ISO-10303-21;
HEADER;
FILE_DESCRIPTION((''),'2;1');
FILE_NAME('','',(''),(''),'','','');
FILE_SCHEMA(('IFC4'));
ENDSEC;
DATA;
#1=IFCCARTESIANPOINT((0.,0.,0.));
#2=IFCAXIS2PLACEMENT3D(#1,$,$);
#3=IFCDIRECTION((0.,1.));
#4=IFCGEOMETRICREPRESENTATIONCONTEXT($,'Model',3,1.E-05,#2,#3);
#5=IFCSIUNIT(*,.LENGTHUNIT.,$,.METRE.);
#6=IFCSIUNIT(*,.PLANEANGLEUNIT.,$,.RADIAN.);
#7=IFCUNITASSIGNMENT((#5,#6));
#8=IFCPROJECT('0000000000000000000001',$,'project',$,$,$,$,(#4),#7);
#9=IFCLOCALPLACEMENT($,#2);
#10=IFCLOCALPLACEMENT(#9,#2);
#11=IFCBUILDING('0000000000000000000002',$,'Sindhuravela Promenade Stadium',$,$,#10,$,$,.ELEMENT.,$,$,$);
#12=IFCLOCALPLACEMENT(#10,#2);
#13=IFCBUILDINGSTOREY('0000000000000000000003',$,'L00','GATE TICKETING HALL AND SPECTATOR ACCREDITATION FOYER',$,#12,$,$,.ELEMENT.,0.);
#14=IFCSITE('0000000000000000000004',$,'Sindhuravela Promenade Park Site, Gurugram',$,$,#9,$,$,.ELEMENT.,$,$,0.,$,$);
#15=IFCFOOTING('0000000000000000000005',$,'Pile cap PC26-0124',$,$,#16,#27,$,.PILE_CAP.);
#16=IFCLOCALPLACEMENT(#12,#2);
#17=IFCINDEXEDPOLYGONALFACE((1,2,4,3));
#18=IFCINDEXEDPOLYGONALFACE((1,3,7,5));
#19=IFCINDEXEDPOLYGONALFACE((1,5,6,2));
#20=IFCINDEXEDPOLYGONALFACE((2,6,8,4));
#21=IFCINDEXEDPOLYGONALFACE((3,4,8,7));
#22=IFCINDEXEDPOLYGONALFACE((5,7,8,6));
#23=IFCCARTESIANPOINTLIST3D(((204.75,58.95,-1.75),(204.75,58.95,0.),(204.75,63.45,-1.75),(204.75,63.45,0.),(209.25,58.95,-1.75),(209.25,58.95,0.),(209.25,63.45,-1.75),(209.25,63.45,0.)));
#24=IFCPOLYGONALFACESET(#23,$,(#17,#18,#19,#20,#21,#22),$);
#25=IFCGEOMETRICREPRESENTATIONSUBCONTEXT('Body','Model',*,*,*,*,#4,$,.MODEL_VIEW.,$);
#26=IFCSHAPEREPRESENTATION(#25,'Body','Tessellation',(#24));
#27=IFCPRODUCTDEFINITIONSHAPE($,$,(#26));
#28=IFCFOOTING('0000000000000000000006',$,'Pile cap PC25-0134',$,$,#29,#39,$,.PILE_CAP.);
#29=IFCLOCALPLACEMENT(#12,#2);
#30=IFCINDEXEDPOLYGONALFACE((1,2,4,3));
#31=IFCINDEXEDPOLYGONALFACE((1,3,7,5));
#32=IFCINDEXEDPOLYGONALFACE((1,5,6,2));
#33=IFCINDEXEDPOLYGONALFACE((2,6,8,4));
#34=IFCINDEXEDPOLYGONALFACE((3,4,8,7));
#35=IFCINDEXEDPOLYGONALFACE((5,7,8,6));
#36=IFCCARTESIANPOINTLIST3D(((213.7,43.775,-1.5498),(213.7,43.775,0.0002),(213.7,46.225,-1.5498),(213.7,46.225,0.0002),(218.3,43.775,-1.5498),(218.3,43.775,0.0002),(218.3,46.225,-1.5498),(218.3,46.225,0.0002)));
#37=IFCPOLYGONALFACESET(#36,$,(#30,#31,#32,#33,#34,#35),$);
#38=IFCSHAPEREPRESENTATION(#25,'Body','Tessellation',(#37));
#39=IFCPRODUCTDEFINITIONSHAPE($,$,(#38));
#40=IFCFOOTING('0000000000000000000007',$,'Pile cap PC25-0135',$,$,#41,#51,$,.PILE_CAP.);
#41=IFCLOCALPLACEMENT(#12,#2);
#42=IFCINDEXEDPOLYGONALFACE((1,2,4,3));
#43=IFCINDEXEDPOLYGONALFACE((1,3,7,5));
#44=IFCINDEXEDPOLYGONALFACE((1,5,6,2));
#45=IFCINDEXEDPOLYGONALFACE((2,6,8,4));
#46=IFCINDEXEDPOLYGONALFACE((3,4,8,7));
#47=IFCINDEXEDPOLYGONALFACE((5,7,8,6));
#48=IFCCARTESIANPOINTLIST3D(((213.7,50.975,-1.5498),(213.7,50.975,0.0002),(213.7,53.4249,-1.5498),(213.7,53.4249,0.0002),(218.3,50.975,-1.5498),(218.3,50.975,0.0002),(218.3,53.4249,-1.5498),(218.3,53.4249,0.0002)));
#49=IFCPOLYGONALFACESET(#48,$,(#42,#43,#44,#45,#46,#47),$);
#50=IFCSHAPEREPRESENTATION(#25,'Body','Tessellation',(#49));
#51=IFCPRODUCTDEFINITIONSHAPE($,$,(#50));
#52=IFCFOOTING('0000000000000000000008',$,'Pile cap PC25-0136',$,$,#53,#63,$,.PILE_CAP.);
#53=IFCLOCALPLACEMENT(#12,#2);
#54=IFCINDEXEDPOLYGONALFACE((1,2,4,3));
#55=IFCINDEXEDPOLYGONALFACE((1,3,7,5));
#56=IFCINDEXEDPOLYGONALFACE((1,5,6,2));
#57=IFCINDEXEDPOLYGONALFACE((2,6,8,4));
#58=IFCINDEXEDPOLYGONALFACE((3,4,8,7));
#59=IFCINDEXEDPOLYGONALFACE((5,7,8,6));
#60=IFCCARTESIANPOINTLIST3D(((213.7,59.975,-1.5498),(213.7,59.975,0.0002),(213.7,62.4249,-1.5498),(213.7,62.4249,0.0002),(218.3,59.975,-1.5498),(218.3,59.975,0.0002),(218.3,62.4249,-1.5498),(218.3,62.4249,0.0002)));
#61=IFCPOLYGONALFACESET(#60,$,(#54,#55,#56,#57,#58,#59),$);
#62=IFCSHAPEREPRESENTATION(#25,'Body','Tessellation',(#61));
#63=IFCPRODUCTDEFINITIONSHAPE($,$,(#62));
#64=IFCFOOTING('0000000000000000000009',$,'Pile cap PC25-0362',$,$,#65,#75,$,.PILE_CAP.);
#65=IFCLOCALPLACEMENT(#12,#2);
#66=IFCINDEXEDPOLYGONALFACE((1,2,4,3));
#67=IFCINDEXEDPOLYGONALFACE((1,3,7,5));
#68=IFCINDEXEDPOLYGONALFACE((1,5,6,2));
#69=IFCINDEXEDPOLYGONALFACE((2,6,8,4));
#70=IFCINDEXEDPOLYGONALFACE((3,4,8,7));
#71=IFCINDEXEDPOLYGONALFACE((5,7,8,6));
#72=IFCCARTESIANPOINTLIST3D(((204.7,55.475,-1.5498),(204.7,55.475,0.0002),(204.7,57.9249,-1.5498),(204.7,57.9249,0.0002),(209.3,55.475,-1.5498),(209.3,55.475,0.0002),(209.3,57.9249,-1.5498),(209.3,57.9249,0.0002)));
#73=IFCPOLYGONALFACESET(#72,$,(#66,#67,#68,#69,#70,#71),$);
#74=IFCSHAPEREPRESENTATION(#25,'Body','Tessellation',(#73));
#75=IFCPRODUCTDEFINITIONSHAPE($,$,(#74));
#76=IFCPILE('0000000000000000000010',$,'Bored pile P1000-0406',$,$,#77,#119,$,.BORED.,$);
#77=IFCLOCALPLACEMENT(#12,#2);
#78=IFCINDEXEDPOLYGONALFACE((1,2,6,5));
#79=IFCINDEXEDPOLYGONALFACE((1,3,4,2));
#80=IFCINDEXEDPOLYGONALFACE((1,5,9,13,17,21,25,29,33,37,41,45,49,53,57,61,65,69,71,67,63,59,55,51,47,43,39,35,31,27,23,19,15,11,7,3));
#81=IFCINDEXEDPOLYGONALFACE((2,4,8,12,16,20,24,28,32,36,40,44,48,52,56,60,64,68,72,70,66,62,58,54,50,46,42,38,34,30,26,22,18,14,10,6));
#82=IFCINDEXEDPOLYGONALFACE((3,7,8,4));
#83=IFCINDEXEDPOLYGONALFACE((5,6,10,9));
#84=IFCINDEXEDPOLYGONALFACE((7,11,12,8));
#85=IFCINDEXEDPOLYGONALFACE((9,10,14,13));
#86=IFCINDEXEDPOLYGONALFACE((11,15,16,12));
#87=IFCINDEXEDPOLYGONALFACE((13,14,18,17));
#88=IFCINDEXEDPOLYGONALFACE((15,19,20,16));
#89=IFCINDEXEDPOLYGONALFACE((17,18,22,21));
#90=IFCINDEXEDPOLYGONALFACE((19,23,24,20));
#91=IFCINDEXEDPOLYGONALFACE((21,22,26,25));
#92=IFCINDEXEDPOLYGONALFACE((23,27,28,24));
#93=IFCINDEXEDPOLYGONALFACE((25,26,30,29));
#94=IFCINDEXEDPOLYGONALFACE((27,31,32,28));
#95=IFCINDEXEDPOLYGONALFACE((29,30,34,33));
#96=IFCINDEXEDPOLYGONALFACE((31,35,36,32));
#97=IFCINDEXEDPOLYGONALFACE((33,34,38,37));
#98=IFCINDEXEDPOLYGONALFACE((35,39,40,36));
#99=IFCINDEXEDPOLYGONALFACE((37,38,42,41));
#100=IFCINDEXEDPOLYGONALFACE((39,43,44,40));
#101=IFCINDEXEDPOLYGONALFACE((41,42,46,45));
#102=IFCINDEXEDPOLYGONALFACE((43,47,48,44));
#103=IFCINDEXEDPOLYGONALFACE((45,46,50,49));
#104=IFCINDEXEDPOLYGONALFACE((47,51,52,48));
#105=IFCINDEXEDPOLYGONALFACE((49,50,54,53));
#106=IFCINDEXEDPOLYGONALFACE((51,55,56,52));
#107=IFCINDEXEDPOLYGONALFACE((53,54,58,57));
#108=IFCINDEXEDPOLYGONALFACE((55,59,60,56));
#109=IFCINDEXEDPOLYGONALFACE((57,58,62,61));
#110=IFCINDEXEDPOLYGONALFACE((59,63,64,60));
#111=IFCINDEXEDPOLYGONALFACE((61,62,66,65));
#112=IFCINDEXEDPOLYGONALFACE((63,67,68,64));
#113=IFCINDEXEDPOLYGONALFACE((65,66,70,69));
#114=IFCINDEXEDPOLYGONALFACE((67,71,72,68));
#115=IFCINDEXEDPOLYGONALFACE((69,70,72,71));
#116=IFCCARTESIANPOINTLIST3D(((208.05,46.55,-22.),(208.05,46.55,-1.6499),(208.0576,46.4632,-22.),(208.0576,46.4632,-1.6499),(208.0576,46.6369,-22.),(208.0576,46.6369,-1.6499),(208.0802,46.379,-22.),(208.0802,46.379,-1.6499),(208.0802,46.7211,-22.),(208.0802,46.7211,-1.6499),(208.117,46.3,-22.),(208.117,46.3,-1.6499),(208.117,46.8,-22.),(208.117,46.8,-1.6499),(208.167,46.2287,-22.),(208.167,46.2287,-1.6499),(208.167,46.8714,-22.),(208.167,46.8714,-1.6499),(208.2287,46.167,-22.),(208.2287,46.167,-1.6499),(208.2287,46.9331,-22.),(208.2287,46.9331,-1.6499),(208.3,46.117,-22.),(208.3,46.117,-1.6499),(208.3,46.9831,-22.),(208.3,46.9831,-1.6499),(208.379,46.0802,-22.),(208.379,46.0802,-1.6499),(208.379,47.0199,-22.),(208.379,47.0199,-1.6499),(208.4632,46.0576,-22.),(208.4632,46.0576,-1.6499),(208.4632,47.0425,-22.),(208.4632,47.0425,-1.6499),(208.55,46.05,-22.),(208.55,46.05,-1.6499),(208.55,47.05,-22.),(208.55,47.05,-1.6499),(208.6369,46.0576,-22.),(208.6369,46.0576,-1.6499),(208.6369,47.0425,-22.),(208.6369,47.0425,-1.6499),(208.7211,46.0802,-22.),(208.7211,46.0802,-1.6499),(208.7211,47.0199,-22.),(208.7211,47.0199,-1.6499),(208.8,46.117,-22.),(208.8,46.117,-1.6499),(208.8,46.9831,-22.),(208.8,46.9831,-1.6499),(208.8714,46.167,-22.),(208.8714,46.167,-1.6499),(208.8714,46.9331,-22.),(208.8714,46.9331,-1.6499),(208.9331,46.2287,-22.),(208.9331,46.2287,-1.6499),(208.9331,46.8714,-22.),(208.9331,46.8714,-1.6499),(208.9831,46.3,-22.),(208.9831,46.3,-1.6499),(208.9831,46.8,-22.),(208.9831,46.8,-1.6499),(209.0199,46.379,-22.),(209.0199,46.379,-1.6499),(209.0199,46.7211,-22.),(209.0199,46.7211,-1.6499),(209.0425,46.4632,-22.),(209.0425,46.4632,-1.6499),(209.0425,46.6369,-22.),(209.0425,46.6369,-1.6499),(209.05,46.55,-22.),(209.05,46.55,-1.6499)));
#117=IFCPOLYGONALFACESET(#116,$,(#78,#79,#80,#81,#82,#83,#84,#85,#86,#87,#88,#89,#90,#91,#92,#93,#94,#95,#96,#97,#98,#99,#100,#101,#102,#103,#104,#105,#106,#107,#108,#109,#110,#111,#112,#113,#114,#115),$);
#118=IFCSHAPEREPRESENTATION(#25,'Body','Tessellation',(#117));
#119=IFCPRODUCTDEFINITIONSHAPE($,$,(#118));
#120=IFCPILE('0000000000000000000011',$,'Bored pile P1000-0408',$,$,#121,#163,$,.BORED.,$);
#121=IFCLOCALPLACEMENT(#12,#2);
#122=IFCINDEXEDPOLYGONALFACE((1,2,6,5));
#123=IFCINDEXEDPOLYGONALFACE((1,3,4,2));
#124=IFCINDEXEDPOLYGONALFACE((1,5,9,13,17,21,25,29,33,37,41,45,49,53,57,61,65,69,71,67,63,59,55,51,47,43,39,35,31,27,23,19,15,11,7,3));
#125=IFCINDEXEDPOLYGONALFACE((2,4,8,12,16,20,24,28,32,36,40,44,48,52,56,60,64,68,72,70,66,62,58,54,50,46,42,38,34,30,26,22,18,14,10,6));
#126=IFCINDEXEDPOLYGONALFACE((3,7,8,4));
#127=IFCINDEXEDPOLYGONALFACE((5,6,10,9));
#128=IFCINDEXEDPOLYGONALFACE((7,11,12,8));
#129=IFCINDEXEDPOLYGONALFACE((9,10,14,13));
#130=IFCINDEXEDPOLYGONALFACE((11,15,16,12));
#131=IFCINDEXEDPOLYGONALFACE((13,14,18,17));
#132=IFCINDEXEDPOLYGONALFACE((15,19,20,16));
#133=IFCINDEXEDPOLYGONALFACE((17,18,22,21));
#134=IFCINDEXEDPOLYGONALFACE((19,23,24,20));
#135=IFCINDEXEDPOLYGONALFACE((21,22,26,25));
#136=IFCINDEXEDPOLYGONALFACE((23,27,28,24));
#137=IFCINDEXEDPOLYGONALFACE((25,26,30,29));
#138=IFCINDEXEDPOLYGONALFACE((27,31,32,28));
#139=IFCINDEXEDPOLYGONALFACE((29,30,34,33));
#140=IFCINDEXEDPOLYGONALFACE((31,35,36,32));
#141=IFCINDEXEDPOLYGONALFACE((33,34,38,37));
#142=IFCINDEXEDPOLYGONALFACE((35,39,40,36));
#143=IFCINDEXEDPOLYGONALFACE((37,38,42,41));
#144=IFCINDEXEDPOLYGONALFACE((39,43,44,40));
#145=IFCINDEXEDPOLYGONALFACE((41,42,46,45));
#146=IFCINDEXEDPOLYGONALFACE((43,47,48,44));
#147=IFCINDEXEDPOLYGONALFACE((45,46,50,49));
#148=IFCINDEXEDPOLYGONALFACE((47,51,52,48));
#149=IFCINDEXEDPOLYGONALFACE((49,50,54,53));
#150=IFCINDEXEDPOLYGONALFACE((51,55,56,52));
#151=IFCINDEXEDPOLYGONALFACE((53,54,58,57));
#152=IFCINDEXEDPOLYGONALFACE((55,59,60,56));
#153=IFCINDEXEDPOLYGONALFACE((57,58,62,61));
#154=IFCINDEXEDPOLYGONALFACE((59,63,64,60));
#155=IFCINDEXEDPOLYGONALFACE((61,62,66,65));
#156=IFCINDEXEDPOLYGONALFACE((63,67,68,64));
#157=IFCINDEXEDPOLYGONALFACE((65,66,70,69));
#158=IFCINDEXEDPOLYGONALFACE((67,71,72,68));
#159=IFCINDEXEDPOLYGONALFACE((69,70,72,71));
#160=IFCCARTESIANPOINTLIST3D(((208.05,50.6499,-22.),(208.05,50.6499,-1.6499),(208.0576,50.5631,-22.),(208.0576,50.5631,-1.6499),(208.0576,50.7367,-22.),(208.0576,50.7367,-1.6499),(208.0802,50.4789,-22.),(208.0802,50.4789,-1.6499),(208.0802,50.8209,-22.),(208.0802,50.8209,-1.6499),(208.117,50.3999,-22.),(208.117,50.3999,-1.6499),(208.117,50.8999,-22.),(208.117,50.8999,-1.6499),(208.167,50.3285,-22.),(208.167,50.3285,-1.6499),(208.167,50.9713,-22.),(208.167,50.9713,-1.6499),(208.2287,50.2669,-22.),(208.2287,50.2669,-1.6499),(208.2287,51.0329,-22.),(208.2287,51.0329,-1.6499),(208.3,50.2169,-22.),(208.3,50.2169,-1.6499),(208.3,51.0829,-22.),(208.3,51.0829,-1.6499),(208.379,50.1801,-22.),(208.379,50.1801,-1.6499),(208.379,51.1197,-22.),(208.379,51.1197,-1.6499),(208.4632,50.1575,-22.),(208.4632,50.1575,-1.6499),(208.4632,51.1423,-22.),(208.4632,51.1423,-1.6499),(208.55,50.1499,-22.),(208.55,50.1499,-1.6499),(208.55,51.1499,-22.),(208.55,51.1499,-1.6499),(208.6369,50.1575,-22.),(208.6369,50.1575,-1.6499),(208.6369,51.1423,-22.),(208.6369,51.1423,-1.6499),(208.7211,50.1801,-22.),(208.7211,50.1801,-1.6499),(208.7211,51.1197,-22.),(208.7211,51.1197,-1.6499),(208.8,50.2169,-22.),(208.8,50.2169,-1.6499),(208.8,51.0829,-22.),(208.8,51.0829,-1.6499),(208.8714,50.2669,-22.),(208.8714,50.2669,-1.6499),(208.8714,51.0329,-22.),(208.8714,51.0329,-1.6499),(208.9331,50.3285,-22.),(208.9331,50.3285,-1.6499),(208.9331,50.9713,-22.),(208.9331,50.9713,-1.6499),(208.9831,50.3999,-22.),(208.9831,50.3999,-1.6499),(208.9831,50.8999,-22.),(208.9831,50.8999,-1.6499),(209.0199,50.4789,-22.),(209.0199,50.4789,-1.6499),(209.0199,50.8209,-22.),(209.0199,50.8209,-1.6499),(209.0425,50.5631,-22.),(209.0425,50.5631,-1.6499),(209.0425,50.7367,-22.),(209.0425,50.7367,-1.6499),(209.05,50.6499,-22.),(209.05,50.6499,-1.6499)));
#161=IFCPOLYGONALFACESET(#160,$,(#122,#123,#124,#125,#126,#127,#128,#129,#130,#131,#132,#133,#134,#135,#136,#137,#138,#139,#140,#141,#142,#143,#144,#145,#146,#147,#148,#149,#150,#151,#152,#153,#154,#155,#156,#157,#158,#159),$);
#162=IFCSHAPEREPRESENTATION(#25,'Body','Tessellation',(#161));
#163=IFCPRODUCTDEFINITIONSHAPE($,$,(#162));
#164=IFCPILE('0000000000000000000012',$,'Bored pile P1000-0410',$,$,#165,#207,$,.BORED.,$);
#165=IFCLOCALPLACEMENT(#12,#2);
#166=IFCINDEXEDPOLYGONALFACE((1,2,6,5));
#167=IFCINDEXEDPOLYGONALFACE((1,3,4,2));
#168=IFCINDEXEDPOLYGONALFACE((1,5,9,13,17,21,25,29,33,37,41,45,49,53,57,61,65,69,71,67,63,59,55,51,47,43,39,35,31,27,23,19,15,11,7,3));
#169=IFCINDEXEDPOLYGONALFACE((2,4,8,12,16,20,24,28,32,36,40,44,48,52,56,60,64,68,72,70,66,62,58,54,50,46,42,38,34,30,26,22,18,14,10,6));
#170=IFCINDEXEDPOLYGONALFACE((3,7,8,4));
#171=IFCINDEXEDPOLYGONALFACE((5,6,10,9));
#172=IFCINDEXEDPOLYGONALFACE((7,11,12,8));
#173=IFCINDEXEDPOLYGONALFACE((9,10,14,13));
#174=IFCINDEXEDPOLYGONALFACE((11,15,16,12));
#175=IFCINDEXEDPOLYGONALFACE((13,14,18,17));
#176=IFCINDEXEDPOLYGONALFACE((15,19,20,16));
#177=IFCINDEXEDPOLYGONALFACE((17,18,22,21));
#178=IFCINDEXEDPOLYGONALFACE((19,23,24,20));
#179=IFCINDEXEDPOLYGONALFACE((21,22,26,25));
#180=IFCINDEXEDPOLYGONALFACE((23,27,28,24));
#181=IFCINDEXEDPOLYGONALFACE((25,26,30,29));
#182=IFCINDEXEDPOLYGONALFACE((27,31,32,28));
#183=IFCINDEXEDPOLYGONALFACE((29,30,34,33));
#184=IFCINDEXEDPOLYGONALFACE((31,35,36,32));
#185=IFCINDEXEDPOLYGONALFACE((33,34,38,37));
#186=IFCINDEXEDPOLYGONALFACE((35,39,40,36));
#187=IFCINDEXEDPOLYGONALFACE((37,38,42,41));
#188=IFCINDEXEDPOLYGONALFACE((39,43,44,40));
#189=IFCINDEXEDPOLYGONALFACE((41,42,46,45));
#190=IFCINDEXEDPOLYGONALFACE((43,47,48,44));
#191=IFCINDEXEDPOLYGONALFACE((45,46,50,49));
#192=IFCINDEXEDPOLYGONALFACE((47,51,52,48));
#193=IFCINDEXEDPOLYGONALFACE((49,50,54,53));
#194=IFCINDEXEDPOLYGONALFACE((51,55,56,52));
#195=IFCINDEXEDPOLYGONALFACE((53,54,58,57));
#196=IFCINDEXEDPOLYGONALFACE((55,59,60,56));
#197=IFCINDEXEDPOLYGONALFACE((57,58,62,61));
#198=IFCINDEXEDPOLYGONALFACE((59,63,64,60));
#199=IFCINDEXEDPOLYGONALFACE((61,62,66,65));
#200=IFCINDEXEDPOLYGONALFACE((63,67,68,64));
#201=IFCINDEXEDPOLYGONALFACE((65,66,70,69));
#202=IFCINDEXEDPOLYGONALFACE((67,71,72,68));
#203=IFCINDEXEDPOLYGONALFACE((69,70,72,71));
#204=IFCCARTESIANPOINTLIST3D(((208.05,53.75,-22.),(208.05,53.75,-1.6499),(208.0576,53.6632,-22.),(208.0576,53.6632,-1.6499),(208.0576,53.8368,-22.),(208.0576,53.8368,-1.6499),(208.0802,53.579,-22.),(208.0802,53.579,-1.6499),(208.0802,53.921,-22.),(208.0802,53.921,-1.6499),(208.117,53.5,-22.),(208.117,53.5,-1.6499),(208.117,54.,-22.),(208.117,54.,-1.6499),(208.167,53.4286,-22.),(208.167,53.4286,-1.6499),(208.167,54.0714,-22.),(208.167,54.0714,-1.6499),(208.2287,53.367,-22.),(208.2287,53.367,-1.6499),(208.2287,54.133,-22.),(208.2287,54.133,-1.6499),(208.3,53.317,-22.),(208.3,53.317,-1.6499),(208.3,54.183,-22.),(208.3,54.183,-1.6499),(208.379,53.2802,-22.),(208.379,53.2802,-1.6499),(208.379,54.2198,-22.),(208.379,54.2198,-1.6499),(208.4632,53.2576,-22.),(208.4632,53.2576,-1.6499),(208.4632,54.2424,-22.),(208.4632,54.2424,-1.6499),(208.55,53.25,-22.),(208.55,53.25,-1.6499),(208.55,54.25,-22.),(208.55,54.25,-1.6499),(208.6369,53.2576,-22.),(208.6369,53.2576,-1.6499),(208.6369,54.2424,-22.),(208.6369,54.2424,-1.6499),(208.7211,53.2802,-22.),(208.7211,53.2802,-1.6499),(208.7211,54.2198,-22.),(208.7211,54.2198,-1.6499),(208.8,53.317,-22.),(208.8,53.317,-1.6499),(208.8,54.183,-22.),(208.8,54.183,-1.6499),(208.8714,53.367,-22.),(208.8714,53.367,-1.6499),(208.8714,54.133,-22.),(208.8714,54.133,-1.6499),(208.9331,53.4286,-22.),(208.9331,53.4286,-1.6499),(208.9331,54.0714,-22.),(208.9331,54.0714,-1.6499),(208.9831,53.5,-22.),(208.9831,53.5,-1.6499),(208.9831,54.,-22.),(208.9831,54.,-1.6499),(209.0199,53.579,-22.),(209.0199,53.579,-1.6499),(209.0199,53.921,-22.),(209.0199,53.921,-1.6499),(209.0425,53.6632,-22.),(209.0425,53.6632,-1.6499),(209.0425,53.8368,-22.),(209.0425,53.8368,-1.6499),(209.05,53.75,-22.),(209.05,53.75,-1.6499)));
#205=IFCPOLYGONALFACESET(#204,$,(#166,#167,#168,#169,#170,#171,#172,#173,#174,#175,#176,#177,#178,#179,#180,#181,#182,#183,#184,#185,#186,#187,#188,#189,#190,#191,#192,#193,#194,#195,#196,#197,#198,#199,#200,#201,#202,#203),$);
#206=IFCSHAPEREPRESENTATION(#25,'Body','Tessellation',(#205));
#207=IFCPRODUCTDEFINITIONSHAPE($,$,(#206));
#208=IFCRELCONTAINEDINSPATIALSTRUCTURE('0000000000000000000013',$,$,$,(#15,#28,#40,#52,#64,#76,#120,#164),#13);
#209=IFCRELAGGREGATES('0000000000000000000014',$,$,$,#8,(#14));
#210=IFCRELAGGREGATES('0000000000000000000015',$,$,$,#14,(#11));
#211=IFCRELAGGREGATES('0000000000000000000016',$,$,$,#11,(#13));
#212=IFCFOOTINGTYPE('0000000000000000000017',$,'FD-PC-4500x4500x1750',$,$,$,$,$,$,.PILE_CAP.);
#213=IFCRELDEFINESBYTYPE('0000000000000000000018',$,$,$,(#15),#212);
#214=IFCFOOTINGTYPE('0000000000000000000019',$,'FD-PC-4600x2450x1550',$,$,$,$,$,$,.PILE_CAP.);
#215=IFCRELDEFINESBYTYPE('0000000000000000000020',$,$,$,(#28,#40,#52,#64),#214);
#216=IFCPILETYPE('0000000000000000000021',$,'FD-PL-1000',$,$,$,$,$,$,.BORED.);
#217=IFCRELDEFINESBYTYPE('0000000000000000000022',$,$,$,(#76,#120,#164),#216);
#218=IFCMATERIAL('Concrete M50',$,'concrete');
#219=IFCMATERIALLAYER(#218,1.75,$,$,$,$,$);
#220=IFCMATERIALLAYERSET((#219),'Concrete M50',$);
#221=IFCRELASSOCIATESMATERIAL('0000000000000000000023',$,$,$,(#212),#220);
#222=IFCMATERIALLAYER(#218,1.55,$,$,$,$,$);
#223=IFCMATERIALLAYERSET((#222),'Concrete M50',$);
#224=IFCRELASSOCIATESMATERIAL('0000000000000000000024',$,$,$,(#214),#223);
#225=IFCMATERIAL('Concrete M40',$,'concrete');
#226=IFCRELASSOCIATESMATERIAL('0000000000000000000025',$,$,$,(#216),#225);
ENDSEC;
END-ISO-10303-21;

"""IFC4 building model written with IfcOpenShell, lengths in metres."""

from ifc_helpers import new_model, si_unit, direction, frame, origin, origin_2d, place, context, subcontext, project, spatial, rectangle, circle, extrude, material, layer, layer_set, material_profile, profile_set, type_object, element, save


model = new_model("IFC4")

# Units and contexts
model_context = context("Model", 3, precision=1e-05, world=origin(), true_north=direction((0.0, 1.0)))
body_context = subcontext(model_context, "Body", "Model", "MODEL_VIEW")
ifc_project = project(units=[si_unit("LENGTHUNIT", "METRE"), si_unit("PLANEANGLEUNIT", "RADIAN")], contexts=[model_context])

# Site, building, storey
site_placement = place(None, origin())
site = spatial("IfcSite", under=ifc_project, at=site_placement, Name="Sindhuravela Promenade Park Site, Gurugram", CompositionType="ELEMENT", RefElevation=0.0)
building_placement = place(site_placement, origin())
building = spatial("IfcBuilding", under=site, at=building_placement, Name="Sindhuravela Promenade Stadium", CompositionType="ELEMENT")
storey_placement = place(building_placement, origin())
storey = spatial("IfcBuildingStorey", under=building, at=storey_placement, Name="L00", Description="GATE TICKETING HALL AND SPECTATOR ACCREDITATION FOYER", CompositionType="ELEMENT", Elevation=0.0)

# Footings
ifc_material_1 = material(Name="Concrete M50", Category="concrete")
ifc_layer_1 = layer(ifc_material_1, 1.75)
ifc_layer_set_1 = layer_set([ifc_layer_1], Name="Concrete M50")
footing_type_1 = type_object("IfcFootingType", Name="FD-PC-4500x4500x1750", PredefinedType="PILE_CAP", material=ifc_layer_set_1)
footing_placement = place(storey_placement, frame((207.0, 61.2, -1.75), z_axis=(0.0, 0.0, 1.0), x_axis=(1.0, 0.0, 0.0)))
element("IfcFooting", 1, at=footing_placement, inside=storey, type_object=footing_type_1, Name="Pile cap PC26-0124", PredefinedType="PILE_CAP", context=body_context, shape_type="SweptSolid", body=[
    extrude(rectangle(XDim=4.5, YDim=4.5, at=origin_2d()), origin(), (0.0, 0.0, 1.0), 1.75),
])
ifc_layer_2 = layer(ifc_material_1, 1.55)
ifc_layer_set_2 = layer_set([ifc_layer_2], Name="Concrete M50")
footing_type_2 = type_object("IfcFootingType", Name="FD-PC-4600x2450x1550", PredefinedType="PILE_CAP", material=ifc_layer_set_2)
for number, where, z_axis, x_axis, name in (
    (2, (216.0, 45.0, -1.5498), (0.0, 0.0, 1.0), (1.0, 0.0, 0.0), "Pile cap PC25-0134"),
    (3, (216.0, 52.2, -1.5498), (0.0, 0.0, 1.0), (1.0, 0.0, 0.0), "Pile cap PC25-0135"),
    (4, (216.0, 61.2, -1.5498), (0.0, 0.0, 1.0), (1.0, 0.0, 0.0), "Pile cap PC25-0136"),
    (5, (207.0, 56.7, -1.5498), (0.0, 0.0, 1.0), (1.0, 0.0, 0.0), "Pile cap PC25-0362"),
):
    element("IfcFooting", number, at=place(storey_placement, frame(where, z_axis=z_axis, x_axis=x_axis)), inside=storey, type_object=footing_type_2, Name=name, PredefinedType="PILE_CAP", context=body_context, shape_type="SweptSolid", body=[
        extrude(rectangle(XDim=4.6001, YDim=2.45, at=origin_2d()), origin(), (0.0, 0.0, 1.0), 1.55),
    ])

# Piles
ifc_material_2 = material(Name="Concrete M40", Category="concrete")
ifc_material_profile_1 = material_profile(ifc_material_2, circle(Radius=0.5, at=origin_2d()), Name="BORED PILE D1000")
ifc_profile_set_1 = profile_set([ifc_material_profile_1], Name="Concrete M40")
pile_type = type_object("IfcPileType", Name="FD-PL-1000", PredefinedType="BORED", material=ifc_profile_set_1)
for number, where, z_axis, x_axis, name in (
    (6, (208.55, 46.55, -1.6499), (0.0, 0.0, -1.0), (1.0, 0.0, 0.0), "Bored pile P1000-0406"),
    (7, (208.55, 50.6499, -1.6499), (0.0, 0.0, -1.0), (1.0, 0.0, 0.0), "Bored pile P1000-0408"),
    (8, (208.55, 53.75, -1.6499), (0.0, 0.0, -1.0), (1.0, 0.0, 0.0), "Bored pile P1000-0410"),
):
    element("IfcPile", number, at=place(storey_placement, frame(where, z_axis=z_axis, x_axis=x_axis)), inside=storey, type_object=pile_type, Name=name, PredefinedType="BORED", context=body_context, shape_type="SweptSolid", body=[
        extrude(circle(Radius=0.5, at=origin_2d()), origin(), (0.0, 0.0, 1.0), 20.3501),
    ])

save(model, "model.ifc")
